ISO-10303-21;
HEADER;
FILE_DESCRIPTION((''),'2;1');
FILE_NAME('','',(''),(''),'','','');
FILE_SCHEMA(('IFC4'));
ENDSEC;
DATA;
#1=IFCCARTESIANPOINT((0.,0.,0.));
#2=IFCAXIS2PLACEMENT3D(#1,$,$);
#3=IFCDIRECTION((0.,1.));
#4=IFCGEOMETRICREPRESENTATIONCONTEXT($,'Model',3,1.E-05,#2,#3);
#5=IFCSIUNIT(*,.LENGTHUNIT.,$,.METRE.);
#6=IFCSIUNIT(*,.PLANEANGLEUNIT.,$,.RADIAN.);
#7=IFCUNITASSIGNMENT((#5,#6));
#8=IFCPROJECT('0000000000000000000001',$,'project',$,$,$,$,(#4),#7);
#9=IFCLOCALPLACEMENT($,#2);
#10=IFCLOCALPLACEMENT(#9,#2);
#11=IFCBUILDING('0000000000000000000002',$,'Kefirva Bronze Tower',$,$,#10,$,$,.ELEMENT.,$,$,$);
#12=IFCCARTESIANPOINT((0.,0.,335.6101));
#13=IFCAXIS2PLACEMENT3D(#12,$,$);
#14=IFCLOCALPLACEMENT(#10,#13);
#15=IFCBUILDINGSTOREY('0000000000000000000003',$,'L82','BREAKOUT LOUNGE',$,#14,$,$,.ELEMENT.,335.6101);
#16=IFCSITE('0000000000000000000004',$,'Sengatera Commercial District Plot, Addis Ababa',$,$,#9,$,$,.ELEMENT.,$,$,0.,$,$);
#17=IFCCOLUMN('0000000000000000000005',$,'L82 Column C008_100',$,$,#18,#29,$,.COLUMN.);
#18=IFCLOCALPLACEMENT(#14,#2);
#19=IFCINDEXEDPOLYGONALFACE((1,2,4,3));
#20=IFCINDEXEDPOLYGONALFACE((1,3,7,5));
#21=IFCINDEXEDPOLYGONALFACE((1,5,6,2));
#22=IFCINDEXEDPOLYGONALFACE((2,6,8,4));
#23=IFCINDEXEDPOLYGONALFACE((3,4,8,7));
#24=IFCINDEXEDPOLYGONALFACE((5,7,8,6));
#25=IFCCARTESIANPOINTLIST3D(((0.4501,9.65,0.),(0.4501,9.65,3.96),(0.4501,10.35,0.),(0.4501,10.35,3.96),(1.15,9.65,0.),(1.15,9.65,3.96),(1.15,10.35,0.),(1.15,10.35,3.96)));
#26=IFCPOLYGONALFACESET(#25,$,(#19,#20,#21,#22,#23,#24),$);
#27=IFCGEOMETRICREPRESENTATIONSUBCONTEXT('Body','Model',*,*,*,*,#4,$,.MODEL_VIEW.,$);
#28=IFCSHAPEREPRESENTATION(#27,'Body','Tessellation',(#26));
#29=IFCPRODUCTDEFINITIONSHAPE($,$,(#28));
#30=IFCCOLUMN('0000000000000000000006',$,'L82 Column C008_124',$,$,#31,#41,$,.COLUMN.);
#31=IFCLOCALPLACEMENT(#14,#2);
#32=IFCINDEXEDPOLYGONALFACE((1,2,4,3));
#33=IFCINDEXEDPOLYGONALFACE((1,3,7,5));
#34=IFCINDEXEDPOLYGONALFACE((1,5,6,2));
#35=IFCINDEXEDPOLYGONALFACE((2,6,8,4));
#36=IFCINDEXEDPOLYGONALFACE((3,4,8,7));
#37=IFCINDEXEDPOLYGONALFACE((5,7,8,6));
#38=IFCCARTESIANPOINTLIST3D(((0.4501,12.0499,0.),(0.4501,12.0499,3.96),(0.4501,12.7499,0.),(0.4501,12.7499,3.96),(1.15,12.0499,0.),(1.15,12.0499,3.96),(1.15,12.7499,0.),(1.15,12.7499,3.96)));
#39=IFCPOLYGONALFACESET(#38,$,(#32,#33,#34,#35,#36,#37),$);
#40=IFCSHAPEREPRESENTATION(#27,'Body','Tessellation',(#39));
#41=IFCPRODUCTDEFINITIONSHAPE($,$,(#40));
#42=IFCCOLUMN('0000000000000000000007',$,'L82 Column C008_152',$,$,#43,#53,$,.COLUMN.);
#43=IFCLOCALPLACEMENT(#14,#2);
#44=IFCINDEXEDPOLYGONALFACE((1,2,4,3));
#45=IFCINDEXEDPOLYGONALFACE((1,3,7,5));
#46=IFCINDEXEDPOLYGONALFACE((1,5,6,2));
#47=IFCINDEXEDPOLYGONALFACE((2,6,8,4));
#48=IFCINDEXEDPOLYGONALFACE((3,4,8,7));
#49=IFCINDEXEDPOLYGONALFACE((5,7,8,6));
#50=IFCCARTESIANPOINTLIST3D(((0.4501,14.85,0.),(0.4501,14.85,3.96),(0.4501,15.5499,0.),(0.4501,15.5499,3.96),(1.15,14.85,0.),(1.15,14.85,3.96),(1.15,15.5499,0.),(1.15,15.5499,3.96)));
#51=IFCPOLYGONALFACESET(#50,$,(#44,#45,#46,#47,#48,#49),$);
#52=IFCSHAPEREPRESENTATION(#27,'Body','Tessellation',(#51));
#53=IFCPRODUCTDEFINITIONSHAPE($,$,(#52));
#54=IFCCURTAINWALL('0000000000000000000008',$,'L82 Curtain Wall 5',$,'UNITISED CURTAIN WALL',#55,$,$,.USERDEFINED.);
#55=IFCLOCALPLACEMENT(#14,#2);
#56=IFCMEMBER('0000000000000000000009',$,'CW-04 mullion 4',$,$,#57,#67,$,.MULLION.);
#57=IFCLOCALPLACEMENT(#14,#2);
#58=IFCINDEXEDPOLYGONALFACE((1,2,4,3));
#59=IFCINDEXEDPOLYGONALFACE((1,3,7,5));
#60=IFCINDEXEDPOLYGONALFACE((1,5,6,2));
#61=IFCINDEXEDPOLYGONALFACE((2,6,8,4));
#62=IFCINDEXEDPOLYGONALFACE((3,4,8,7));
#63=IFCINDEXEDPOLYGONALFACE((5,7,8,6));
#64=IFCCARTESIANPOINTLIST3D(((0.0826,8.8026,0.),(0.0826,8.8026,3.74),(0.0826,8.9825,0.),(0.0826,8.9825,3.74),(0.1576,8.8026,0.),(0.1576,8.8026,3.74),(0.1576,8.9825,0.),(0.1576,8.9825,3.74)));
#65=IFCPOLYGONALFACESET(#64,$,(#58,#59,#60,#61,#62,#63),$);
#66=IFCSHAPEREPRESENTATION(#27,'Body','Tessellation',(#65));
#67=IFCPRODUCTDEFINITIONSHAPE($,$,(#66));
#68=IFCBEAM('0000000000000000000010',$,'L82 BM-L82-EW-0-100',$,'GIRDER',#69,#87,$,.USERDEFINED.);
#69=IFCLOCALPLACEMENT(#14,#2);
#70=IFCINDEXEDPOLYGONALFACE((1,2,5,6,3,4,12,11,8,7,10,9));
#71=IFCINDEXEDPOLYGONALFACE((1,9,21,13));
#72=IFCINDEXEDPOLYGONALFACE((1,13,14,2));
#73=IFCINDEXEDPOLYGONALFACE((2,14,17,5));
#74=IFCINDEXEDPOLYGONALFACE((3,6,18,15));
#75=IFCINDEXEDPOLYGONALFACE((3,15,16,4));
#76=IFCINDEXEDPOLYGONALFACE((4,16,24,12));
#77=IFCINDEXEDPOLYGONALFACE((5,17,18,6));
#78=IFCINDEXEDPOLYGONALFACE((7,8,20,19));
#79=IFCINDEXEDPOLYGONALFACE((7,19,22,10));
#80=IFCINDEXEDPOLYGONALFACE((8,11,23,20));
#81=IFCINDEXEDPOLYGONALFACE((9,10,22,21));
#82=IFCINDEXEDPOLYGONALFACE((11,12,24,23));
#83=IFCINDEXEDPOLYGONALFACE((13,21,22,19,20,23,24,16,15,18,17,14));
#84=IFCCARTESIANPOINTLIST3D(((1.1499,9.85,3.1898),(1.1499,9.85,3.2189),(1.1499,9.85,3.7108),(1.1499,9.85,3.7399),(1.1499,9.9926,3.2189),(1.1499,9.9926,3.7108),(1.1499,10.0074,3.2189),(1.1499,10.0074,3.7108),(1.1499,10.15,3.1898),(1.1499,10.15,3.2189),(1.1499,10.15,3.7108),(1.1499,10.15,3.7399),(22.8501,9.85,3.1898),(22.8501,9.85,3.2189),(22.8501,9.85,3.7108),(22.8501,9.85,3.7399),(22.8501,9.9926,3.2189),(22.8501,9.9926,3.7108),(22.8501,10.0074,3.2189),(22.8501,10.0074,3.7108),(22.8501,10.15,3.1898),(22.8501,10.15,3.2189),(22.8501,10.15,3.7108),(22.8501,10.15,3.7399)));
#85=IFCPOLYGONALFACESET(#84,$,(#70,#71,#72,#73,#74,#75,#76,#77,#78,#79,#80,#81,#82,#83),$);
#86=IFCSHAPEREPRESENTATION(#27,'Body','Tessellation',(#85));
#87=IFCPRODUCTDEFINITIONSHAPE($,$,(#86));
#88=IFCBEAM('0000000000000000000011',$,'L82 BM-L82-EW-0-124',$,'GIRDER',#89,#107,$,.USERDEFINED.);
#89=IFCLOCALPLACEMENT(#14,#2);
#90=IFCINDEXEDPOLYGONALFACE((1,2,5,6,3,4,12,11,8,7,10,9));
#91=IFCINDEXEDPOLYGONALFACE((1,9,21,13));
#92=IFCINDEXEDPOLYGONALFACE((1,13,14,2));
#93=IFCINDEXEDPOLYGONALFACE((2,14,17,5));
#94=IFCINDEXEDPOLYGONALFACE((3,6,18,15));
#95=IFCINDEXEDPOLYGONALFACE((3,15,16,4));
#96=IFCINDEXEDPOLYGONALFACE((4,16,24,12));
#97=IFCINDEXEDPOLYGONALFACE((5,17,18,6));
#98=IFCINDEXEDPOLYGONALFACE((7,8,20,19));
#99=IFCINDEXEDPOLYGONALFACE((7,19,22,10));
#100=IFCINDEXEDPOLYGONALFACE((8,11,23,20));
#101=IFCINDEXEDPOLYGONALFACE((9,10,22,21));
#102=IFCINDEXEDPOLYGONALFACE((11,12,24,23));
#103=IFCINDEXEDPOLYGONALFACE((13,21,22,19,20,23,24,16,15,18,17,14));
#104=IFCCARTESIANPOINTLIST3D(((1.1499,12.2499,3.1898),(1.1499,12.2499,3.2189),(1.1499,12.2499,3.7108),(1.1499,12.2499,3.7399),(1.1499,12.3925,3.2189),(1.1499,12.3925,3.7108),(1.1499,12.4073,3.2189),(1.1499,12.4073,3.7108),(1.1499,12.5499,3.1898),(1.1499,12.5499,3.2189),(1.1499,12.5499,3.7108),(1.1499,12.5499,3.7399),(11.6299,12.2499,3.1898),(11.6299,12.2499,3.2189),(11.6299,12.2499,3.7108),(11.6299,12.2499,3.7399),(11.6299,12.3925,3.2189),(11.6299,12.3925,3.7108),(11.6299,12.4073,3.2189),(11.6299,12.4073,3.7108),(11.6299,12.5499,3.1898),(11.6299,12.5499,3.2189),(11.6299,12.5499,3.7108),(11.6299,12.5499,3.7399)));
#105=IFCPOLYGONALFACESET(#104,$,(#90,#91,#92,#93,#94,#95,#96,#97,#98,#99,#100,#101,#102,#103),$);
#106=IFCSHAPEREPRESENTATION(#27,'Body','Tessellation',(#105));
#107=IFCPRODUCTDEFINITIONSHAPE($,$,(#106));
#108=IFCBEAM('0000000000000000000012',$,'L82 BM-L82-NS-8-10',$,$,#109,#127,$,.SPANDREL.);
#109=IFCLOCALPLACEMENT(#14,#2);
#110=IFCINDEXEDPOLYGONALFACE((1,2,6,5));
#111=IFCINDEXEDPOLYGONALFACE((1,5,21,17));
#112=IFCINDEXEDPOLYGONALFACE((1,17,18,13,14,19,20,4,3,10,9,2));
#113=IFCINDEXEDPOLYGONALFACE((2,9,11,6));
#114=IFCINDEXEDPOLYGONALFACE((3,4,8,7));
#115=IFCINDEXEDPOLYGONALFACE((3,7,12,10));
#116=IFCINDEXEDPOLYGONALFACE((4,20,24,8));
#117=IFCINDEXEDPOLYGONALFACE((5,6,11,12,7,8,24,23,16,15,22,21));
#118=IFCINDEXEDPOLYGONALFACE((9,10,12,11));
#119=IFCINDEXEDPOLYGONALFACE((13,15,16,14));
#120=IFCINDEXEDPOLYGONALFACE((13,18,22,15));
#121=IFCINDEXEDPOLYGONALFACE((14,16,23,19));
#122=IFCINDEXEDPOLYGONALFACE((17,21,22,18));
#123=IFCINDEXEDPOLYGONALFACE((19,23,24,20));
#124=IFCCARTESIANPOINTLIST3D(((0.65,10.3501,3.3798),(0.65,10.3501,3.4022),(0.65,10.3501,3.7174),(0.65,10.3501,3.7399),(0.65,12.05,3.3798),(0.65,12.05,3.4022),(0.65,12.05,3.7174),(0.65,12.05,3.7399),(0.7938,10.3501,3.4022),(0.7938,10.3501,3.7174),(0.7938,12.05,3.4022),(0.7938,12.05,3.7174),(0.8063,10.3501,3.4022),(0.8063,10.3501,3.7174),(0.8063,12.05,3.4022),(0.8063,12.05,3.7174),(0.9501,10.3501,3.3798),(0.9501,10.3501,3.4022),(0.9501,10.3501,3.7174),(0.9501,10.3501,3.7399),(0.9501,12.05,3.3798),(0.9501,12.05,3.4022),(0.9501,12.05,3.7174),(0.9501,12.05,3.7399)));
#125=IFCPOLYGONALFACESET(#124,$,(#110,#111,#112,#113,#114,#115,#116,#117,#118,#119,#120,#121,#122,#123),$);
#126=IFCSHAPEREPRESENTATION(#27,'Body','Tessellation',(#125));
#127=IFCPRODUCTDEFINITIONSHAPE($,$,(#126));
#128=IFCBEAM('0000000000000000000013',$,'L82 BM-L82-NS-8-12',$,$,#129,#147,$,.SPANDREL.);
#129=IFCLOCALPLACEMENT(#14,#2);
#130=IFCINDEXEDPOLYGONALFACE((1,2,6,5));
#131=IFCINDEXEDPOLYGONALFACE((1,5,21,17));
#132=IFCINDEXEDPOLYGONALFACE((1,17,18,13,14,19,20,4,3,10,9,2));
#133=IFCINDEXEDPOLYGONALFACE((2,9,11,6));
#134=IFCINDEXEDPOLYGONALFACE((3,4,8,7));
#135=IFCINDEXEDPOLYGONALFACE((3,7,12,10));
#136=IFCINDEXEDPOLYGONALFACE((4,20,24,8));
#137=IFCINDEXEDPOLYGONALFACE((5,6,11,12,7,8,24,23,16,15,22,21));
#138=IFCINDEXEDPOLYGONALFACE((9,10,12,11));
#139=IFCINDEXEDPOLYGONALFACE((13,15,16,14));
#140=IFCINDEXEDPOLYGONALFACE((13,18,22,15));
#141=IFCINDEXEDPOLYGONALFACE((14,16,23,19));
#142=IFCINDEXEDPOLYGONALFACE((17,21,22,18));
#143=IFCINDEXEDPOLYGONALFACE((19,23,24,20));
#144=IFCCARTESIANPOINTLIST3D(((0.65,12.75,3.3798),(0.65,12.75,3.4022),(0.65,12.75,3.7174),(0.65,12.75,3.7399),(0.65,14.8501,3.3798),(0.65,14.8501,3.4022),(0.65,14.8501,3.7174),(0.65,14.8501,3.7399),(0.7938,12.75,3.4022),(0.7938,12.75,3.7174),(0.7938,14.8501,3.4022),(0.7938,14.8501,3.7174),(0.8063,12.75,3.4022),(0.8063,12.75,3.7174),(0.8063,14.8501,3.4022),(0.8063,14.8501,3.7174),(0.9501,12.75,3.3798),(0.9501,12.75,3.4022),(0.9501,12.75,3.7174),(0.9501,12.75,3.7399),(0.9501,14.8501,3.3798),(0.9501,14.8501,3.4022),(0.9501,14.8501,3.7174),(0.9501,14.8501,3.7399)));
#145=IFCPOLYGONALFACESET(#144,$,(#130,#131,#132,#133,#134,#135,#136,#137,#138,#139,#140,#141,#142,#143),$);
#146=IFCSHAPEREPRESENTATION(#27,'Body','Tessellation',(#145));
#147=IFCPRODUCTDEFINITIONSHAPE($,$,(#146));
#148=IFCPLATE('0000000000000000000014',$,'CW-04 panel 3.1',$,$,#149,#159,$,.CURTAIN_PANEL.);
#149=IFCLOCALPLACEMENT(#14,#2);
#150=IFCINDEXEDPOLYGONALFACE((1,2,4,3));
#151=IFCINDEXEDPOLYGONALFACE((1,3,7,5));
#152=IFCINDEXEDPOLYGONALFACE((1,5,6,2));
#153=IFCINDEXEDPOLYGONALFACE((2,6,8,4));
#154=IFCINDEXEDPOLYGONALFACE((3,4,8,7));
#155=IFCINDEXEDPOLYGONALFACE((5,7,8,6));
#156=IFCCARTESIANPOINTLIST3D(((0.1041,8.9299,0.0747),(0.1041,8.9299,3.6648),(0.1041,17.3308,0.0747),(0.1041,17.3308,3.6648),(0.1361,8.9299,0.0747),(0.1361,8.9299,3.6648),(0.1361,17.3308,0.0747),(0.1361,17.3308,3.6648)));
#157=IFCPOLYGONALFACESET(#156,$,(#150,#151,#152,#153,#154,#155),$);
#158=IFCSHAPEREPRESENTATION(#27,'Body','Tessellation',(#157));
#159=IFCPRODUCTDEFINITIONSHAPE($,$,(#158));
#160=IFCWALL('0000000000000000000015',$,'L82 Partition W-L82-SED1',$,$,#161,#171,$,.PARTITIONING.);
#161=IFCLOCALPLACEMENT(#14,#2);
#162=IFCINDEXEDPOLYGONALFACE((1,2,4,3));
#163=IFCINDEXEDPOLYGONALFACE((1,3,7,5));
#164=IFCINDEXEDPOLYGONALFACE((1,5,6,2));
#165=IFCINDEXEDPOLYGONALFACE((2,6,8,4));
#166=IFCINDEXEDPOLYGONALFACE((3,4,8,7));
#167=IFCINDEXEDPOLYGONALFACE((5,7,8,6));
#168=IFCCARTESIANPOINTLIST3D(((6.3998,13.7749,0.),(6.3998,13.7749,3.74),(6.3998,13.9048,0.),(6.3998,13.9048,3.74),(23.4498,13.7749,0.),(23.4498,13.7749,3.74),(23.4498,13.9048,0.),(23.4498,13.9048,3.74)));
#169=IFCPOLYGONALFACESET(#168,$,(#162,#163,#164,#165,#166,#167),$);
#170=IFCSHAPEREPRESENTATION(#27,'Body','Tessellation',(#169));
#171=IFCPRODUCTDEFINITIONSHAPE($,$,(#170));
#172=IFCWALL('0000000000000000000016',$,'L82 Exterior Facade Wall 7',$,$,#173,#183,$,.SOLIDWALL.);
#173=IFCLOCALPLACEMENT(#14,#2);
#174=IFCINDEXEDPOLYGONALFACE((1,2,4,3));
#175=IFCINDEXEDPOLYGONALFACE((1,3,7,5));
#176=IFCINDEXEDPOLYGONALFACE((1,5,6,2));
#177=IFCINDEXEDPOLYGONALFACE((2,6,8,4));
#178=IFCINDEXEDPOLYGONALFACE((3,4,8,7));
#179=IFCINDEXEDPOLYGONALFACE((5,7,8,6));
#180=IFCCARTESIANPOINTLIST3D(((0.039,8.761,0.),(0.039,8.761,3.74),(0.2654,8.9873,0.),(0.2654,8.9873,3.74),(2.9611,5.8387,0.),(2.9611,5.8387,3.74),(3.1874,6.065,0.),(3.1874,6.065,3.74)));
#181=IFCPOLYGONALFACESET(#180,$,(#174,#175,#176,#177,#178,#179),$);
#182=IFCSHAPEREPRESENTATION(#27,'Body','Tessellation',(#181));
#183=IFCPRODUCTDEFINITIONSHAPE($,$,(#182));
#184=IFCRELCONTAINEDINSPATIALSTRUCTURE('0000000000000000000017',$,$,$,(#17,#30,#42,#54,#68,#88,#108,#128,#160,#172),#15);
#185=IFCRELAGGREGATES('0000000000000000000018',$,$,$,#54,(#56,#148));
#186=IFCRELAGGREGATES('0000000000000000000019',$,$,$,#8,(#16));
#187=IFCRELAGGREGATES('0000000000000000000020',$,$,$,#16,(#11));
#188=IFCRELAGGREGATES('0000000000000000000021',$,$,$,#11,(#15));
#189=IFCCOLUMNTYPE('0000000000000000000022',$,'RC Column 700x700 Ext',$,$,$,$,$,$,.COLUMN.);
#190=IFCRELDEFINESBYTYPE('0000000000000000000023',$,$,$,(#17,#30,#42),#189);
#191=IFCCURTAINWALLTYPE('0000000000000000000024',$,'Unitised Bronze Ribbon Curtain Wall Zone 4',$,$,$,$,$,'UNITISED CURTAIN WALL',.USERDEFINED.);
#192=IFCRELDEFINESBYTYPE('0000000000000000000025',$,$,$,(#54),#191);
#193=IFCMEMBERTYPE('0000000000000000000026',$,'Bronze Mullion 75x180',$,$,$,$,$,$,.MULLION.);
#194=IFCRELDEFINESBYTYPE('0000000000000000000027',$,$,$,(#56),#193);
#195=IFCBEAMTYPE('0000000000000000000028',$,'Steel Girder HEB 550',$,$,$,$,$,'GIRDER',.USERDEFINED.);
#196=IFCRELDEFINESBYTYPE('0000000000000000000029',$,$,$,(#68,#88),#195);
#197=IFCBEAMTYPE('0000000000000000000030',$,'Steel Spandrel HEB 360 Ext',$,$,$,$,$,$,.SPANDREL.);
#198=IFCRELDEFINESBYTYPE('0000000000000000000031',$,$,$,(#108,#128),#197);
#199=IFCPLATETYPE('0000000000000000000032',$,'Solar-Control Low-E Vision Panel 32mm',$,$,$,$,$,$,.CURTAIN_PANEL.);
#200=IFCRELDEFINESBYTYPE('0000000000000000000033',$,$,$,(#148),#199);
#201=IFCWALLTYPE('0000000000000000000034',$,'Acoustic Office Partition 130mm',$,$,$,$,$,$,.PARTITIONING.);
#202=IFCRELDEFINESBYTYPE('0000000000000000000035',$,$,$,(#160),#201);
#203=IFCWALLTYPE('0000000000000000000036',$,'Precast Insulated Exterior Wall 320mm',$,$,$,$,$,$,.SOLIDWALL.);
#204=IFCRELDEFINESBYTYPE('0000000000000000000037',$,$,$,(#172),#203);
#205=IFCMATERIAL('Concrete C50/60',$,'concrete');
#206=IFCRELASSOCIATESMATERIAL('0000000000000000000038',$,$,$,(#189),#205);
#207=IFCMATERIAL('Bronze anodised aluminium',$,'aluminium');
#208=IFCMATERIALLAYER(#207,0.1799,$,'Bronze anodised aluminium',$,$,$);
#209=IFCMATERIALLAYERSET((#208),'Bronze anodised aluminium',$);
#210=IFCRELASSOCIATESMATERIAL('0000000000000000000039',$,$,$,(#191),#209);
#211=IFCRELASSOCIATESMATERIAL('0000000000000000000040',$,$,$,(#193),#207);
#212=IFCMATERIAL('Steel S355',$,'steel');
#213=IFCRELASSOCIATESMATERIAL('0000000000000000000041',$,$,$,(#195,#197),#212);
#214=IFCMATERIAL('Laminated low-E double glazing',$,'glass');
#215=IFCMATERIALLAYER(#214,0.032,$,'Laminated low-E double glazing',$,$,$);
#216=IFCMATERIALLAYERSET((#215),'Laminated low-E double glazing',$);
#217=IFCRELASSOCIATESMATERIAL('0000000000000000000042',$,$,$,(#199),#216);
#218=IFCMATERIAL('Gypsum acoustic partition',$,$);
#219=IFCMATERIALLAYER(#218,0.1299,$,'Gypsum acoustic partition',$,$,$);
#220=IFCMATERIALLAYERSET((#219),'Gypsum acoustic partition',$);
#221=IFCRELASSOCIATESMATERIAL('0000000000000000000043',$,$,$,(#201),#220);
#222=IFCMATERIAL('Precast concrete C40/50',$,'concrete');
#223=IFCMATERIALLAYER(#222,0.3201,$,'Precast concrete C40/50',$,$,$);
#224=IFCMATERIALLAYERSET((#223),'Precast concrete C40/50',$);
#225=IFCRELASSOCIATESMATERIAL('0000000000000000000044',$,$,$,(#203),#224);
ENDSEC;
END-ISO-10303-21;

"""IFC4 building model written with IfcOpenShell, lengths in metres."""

from ifc_helpers import new_model, si_unit, direction, frame, frame_2d, origin, origin_2d, place, context, subcontext, project, spatial, rectangle, i_section, extrude, material, layer, layer_set, material_profile, profile_set, type_object, element, aggregate, save


model = new_model("IFC4")

# Units and contexts
model_context = context("Model", 3, precision=1e-05, world=origin(), true_north=direction((0.0, 1.0)))
body_context = subcontext(model_context, "Body", "Model", "MODEL_VIEW")
ifc_project = project(units=[si_unit("LENGTHUNIT", "METRE"), si_unit("PLANEANGLEUNIT", "RADIAN")], contexts=[model_context])

# Site, building, storey
site_placement = place(None, origin())
site = spatial("IfcSite", under=ifc_project, at=site_placement, Name="Sengatera Commercial District Plot, Addis Ababa", CompositionType="ELEMENT", RefElevation=0.0)
building_placement = place(site_placement, origin())
building = spatial("IfcBuilding", under=site, at=building_placement, Name="Kefirva Bronze Tower", CompositionType="ELEMENT")
storey_placement = place(building_placement, frame((0.0, 0.0, 335.6101)))
storey = spatial("IfcBuildingStorey", under=building, at=storey_placement, Name="L82", Description="BREAKOUT LOUNGE", CompositionType="ELEMENT", Elevation=335.6101)

# Columns
ifc_material_1 = material(Name="Concrete C50/60", Category="concrete")
ifc_material_profile_1 = material_profile(ifc_material_1, rectangle(XDim=0.7, YDim=0.7, at=origin_2d()), Name="RC 700x700")
ifc_profile_set_1 = profile_set([ifc_material_profile_1], Name="Concrete C50/60")
column_type = type_object("IfcColumnType", Name="RC Column 700x700 Ext", PredefinedType="COLUMN", material=ifc_profile_set_1)
for number, where, z_axis, x_axis, name in (
    (1, (0.8, 10.0, 0.0), (0.0, 0.0, 1.0), (1.0, 0.0, 0.0), "L82 Column C008_100"),
    (2, (0.8, 12.3999, 0.0), (0.0, 0.0, 1.0), (1.0, 0.0, 0.0), "L82 Column C008_124"),
    (3, (0.8, 15.2, 0.0), (0.0, 0.0, 1.0), (1.0, 0.0, 0.0), "L82 Column C008_152"),
):
    element("IfcColumn", number, at=place(storey_placement, frame(where, z_axis=z_axis, x_axis=x_axis)), inside=storey, type_object=column_type, Name=name, PredefinedType="COLUMN", context=body_context, shape_type="SweptSolid", body=[
        extrude(rectangle(XDim=0.7, YDim=0.7, at=origin_2d()), origin(), (0.0, 0.0, 1.0), 3.96),
    ])

# Curtain wall, member
ifc_material_2 = material(Name="Bronze anodised aluminium", Category="aluminium")
ifc_layer_1 = layer(ifc_material_2, 0.1799, Name="Bronze anodised aluminium")
ifc_layer_set_1 = layer_set([ifc_layer_1], Name="Bronze anodised aluminium")
curtain_wall_type = type_object("IfcCurtainWallType", Name="Unitised Bronze Ribbon Curtain Wall Zone 4", ElementType="UNITISED CURTAIN WALL", PredefinedType="USERDEFINED", material=ifc_layer_set_1)
curtain_wall_placement = place(storey_placement, origin())
curtain_wall = element("IfcCurtainWall", 4, at=curtain_wall_placement, inside=storey, type_object=curtain_wall_type, Name="L82 Curtain Wall 5", ObjectType="UNITISED CURTAIN WALL", PredefinedType="USERDEFINED")
ifc_material_profile_2 = material_profile(ifc_material_2, rectangle(XDim=0.075, YDim=0.1799, at=origin_2d()), Name="ALU 75x180")
ifc_profile_set_2 = profile_set([ifc_material_profile_2], Name="Bronze anodised aluminium")
member_type = type_object("IfcMemberType", Name="Bronze Mullion 75x180", PredefinedType="MULLION", material=ifc_profile_set_2)
member_placement = place(storey_placement, frame((0.1201, 8.8926, 0.0), z_axis=(0.0, 0.0, 1.0), x_axis=(1.0, 0.0, 0.0)))
member = element("IfcMember", 5, at=member_placement, type_object=member_type, Name="CW-04 mullion 4", PredefinedType="MULLION", context=body_context, shape_type="SweptSolid", body=[
    extrude(rectangle(XDim=0.075, YDim=0.1799, at=origin_2d()), origin(), (0.0, 0.0, 1.0), 3.74),
])

# Beams
ifc_material_3 = material(Name="Steel S355", Category="steel")
ifc_material_profile_3 = material_profile(ifc_material_3, i_section(OverallWidth=0.3, OverallDepth=0.55, WebThickness=0.0149, FlangeThickness=0.0291, at=origin_2d()), Name="HEB 550")
ifc_profile_set_3 = profile_set([ifc_material_profile_3], Name="Steel S355")
beam_type_1 = type_object("IfcBeamType", Name="Steel Girder HEB 550", ElementType="GIRDER", PredefinedType="USERDEFINED", material=ifc_profile_set_3)
beam_1_placement = place(storey_placement, frame((1.1499, 10.0, 3.4648), z_axis=(1.0, 0.0, 0.0), x_axis=(0.0, 1.0, 0.0)))
element("IfcBeam", 6, at=beam_1_placement, inside=storey, type_object=beam_type_1, Name="L82 BM-L82-EW-0-100", ObjectType="GIRDER", PredefinedType="USERDEFINED", context=body_context, shape_type="SweptSolid", body=[
    extrude(i_section(OverallWidth=0.3, OverallDepth=0.55, WebThickness=0.0149, FlangeThickness=0.0291, at=origin_2d()), origin(), (0.0, 0.0, 1.0), 21.7002),
])
beam_2_placement = place(storey_placement, frame((1.1499, 12.3999, 3.4648), z_axis=(1.0, 0.0, 0.0), x_axis=(0.0, 1.0, 0.0)))
element("IfcBeam", 7, at=beam_2_placement, inside=storey, type_object=beam_type_1, Name="L82 BM-L82-EW-0-124", ObjectType="GIRDER", PredefinedType="USERDEFINED", context=body_context, shape_type="SweptSolid", body=[
    extrude(i_section(OverallWidth=0.3, OverallDepth=0.55, WebThickness=0.0149, FlangeThickness=0.0291, at=origin_2d()), origin(), (0.0, 0.0, 1.0), 10.48),
])
ifc_material_profile_4 = material_profile(ifc_material_3, i_section(OverallWidth=0.3, OverallDepth=0.3601, WebThickness=0.0125, FlangeThickness=0.0225, at=origin_2d()), Name="HEB 360")
ifc_profile_set_4 = profile_set([ifc_material_profile_4], Name="Steel S355")
beam_type_2 = type_object("IfcBeamType", Name="Steel Spandrel HEB 360 Ext", PredefinedType="SPANDREL", material=ifc_profile_set_4)
beam_3_placement = place(storey_placement, frame((0.8, 10.3501, 3.5598), z_axis=(0.0, 1.0, 0.0), x_axis=(-1.0, 0.0, 0.0)))
element("IfcBeam", 8, at=beam_3_placement, inside=storey, type_object=beam_type_2, Name="L82 BM-L82-NS-8-10", PredefinedType="SPANDREL", context=body_context, shape_type="SweptSolid", body=[
    extrude(i_section(OverallWidth=0.3, OverallDepth=0.3601, WebThickness=0.0125, FlangeThickness=0.0225, at=origin_2d()), origin(), (0.0, 0.0, 1.0), 1.7),
])
beam_4_placement = place(storey_placement, frame((0.8, 12.75, 3.5598), z_axis=(0.0, 1.0, 0.0), x_axis=(-1.0, 0.0, 0.0)))
element("IfcBeam", 9, at=beam_4_placement, inside=storey, type_object=beam_type_2, Name="L82 BM-L82-NS-8-12", PredefinedType="SPANDREL", context=body_context, shape_type="SweptSolid", body=[
    extrude(i_section(OverallWidth=0.3, OverallDepth=0.3601, WebThickness=0.0125, FlangeThickness=0.0225, at=origin_2d()), origin(), (0.0, 0.0, 1.0), 2.1001),
])

# Plate
ifc_material_4 = material(Name="Laminated low-E double glazing", Category="glass")
ifc_layer_2 = layer(ifc_material_4, 0.032, Name="Laminated low-E double glazing")
ifc_layer_set_2 = layer_set([ifc_layer_2], Name="Laminated low-E double glazing")
plate_type = type_object("IfcPlateType", Name="Solar-Control Low-E Vision Panel 32mm", PredefinedType="CURTAIN_PANEL", material=ifc_layer_set_2)
plate_placement = place(storey_placement, frame((0.1201, 13.1304, 0.0747), z_axis=(0.0, 0.0, 1.0), x_axis=(0.0, -1.0, 0.0)))
plate = element("IfcPlate", 10, at=plate_placement, type_object=plate_type, Name="CW-04 panel 3.1", PredefinedType="CURTAIN_PANEL", context=body_context, shape_type="SweptSolid", body=[
    extrude(rectangle(XDim=8.4009, YDim=0.032, at=origin_2d()), origin(), (0.0, 0.0, 1.0), 3.5901),
])
aggregate(curtain_wall, [member, plate])

# Walls
ifc_material_5 = material(Name="Gypsum acoustic partition")
ifc_layer_3 = layer(ifc_material_5, 0.1299, Name="Gypsum acoustic partition")
ifc_layer_set_3 = layer_set([ifc_layer_3], Name="Gypsum acoustic partition")
wall_type_1 = type_object("IfcWallType", Name="Acoustic Office Partition 130mm", PredefinedType="PARTITIONING", material=ifc_layer_set_3)
wall_1_placement = place(storey_placement, frame((6.3999, 13.8398, 0.0), z_axis=(0.0, 0.0, 1.0), x_axis=(1.0, 0.0, 0.0)))
element("IfcWall", 11, at=wall_1_placement, inside=storey, type_object=wall_type_1, Name="L82 Partition W-L82-SED1", PredefinedType="PARTITIONING", context=body_context, shape_type="SweptSolid", body=[
    extrude(rectangle(XDim=17.05, YDim=0.1299, at=frame_2d((8.5249, 0.0))), origin(), (0.0, 0.0, 1.0), 3.74),
])
ifc_material_6 = material(Name="Precast concrete C40/50", Category="concrete")
ifc_layer_4 = layer(ifc_material_6, 0.3201, Name="Precast concrete C40/50")
ifc_layer_set_4 = layer_set([ifc_layer_4], Name="Precast concrete C40/50")
wall_type_2 = type_object("IfcWallType", Name="Precast Insulated Exterior Wall 320mm", PredefinedType="SOLIDWALL", material=ifc_layer_set_4)
wall_2_placement = place(storey_placement, frame((0.1521, 8.8743, 0.0), z_axis=(0.0, 0.0, 1.0), x_axis=(0.707077, -0.707136, 0.0)))
element("IfcWall", 12, at=wall_2_placement, inside=storey, type_object=wall_type_2, Name="L82 Exterior Facade Wall 7", PredefinedType="SOLIDWALL", context=body_context, shape_type="SweptSolid", body=[
    extrude(rectangle(XDim=4.1326, YDim=0.3201, at=frame_2d((2.0664, 0.0))), origin(), (0.0, 0.0, 1.0), 3.74),
])

save(model, "model.ifc")
